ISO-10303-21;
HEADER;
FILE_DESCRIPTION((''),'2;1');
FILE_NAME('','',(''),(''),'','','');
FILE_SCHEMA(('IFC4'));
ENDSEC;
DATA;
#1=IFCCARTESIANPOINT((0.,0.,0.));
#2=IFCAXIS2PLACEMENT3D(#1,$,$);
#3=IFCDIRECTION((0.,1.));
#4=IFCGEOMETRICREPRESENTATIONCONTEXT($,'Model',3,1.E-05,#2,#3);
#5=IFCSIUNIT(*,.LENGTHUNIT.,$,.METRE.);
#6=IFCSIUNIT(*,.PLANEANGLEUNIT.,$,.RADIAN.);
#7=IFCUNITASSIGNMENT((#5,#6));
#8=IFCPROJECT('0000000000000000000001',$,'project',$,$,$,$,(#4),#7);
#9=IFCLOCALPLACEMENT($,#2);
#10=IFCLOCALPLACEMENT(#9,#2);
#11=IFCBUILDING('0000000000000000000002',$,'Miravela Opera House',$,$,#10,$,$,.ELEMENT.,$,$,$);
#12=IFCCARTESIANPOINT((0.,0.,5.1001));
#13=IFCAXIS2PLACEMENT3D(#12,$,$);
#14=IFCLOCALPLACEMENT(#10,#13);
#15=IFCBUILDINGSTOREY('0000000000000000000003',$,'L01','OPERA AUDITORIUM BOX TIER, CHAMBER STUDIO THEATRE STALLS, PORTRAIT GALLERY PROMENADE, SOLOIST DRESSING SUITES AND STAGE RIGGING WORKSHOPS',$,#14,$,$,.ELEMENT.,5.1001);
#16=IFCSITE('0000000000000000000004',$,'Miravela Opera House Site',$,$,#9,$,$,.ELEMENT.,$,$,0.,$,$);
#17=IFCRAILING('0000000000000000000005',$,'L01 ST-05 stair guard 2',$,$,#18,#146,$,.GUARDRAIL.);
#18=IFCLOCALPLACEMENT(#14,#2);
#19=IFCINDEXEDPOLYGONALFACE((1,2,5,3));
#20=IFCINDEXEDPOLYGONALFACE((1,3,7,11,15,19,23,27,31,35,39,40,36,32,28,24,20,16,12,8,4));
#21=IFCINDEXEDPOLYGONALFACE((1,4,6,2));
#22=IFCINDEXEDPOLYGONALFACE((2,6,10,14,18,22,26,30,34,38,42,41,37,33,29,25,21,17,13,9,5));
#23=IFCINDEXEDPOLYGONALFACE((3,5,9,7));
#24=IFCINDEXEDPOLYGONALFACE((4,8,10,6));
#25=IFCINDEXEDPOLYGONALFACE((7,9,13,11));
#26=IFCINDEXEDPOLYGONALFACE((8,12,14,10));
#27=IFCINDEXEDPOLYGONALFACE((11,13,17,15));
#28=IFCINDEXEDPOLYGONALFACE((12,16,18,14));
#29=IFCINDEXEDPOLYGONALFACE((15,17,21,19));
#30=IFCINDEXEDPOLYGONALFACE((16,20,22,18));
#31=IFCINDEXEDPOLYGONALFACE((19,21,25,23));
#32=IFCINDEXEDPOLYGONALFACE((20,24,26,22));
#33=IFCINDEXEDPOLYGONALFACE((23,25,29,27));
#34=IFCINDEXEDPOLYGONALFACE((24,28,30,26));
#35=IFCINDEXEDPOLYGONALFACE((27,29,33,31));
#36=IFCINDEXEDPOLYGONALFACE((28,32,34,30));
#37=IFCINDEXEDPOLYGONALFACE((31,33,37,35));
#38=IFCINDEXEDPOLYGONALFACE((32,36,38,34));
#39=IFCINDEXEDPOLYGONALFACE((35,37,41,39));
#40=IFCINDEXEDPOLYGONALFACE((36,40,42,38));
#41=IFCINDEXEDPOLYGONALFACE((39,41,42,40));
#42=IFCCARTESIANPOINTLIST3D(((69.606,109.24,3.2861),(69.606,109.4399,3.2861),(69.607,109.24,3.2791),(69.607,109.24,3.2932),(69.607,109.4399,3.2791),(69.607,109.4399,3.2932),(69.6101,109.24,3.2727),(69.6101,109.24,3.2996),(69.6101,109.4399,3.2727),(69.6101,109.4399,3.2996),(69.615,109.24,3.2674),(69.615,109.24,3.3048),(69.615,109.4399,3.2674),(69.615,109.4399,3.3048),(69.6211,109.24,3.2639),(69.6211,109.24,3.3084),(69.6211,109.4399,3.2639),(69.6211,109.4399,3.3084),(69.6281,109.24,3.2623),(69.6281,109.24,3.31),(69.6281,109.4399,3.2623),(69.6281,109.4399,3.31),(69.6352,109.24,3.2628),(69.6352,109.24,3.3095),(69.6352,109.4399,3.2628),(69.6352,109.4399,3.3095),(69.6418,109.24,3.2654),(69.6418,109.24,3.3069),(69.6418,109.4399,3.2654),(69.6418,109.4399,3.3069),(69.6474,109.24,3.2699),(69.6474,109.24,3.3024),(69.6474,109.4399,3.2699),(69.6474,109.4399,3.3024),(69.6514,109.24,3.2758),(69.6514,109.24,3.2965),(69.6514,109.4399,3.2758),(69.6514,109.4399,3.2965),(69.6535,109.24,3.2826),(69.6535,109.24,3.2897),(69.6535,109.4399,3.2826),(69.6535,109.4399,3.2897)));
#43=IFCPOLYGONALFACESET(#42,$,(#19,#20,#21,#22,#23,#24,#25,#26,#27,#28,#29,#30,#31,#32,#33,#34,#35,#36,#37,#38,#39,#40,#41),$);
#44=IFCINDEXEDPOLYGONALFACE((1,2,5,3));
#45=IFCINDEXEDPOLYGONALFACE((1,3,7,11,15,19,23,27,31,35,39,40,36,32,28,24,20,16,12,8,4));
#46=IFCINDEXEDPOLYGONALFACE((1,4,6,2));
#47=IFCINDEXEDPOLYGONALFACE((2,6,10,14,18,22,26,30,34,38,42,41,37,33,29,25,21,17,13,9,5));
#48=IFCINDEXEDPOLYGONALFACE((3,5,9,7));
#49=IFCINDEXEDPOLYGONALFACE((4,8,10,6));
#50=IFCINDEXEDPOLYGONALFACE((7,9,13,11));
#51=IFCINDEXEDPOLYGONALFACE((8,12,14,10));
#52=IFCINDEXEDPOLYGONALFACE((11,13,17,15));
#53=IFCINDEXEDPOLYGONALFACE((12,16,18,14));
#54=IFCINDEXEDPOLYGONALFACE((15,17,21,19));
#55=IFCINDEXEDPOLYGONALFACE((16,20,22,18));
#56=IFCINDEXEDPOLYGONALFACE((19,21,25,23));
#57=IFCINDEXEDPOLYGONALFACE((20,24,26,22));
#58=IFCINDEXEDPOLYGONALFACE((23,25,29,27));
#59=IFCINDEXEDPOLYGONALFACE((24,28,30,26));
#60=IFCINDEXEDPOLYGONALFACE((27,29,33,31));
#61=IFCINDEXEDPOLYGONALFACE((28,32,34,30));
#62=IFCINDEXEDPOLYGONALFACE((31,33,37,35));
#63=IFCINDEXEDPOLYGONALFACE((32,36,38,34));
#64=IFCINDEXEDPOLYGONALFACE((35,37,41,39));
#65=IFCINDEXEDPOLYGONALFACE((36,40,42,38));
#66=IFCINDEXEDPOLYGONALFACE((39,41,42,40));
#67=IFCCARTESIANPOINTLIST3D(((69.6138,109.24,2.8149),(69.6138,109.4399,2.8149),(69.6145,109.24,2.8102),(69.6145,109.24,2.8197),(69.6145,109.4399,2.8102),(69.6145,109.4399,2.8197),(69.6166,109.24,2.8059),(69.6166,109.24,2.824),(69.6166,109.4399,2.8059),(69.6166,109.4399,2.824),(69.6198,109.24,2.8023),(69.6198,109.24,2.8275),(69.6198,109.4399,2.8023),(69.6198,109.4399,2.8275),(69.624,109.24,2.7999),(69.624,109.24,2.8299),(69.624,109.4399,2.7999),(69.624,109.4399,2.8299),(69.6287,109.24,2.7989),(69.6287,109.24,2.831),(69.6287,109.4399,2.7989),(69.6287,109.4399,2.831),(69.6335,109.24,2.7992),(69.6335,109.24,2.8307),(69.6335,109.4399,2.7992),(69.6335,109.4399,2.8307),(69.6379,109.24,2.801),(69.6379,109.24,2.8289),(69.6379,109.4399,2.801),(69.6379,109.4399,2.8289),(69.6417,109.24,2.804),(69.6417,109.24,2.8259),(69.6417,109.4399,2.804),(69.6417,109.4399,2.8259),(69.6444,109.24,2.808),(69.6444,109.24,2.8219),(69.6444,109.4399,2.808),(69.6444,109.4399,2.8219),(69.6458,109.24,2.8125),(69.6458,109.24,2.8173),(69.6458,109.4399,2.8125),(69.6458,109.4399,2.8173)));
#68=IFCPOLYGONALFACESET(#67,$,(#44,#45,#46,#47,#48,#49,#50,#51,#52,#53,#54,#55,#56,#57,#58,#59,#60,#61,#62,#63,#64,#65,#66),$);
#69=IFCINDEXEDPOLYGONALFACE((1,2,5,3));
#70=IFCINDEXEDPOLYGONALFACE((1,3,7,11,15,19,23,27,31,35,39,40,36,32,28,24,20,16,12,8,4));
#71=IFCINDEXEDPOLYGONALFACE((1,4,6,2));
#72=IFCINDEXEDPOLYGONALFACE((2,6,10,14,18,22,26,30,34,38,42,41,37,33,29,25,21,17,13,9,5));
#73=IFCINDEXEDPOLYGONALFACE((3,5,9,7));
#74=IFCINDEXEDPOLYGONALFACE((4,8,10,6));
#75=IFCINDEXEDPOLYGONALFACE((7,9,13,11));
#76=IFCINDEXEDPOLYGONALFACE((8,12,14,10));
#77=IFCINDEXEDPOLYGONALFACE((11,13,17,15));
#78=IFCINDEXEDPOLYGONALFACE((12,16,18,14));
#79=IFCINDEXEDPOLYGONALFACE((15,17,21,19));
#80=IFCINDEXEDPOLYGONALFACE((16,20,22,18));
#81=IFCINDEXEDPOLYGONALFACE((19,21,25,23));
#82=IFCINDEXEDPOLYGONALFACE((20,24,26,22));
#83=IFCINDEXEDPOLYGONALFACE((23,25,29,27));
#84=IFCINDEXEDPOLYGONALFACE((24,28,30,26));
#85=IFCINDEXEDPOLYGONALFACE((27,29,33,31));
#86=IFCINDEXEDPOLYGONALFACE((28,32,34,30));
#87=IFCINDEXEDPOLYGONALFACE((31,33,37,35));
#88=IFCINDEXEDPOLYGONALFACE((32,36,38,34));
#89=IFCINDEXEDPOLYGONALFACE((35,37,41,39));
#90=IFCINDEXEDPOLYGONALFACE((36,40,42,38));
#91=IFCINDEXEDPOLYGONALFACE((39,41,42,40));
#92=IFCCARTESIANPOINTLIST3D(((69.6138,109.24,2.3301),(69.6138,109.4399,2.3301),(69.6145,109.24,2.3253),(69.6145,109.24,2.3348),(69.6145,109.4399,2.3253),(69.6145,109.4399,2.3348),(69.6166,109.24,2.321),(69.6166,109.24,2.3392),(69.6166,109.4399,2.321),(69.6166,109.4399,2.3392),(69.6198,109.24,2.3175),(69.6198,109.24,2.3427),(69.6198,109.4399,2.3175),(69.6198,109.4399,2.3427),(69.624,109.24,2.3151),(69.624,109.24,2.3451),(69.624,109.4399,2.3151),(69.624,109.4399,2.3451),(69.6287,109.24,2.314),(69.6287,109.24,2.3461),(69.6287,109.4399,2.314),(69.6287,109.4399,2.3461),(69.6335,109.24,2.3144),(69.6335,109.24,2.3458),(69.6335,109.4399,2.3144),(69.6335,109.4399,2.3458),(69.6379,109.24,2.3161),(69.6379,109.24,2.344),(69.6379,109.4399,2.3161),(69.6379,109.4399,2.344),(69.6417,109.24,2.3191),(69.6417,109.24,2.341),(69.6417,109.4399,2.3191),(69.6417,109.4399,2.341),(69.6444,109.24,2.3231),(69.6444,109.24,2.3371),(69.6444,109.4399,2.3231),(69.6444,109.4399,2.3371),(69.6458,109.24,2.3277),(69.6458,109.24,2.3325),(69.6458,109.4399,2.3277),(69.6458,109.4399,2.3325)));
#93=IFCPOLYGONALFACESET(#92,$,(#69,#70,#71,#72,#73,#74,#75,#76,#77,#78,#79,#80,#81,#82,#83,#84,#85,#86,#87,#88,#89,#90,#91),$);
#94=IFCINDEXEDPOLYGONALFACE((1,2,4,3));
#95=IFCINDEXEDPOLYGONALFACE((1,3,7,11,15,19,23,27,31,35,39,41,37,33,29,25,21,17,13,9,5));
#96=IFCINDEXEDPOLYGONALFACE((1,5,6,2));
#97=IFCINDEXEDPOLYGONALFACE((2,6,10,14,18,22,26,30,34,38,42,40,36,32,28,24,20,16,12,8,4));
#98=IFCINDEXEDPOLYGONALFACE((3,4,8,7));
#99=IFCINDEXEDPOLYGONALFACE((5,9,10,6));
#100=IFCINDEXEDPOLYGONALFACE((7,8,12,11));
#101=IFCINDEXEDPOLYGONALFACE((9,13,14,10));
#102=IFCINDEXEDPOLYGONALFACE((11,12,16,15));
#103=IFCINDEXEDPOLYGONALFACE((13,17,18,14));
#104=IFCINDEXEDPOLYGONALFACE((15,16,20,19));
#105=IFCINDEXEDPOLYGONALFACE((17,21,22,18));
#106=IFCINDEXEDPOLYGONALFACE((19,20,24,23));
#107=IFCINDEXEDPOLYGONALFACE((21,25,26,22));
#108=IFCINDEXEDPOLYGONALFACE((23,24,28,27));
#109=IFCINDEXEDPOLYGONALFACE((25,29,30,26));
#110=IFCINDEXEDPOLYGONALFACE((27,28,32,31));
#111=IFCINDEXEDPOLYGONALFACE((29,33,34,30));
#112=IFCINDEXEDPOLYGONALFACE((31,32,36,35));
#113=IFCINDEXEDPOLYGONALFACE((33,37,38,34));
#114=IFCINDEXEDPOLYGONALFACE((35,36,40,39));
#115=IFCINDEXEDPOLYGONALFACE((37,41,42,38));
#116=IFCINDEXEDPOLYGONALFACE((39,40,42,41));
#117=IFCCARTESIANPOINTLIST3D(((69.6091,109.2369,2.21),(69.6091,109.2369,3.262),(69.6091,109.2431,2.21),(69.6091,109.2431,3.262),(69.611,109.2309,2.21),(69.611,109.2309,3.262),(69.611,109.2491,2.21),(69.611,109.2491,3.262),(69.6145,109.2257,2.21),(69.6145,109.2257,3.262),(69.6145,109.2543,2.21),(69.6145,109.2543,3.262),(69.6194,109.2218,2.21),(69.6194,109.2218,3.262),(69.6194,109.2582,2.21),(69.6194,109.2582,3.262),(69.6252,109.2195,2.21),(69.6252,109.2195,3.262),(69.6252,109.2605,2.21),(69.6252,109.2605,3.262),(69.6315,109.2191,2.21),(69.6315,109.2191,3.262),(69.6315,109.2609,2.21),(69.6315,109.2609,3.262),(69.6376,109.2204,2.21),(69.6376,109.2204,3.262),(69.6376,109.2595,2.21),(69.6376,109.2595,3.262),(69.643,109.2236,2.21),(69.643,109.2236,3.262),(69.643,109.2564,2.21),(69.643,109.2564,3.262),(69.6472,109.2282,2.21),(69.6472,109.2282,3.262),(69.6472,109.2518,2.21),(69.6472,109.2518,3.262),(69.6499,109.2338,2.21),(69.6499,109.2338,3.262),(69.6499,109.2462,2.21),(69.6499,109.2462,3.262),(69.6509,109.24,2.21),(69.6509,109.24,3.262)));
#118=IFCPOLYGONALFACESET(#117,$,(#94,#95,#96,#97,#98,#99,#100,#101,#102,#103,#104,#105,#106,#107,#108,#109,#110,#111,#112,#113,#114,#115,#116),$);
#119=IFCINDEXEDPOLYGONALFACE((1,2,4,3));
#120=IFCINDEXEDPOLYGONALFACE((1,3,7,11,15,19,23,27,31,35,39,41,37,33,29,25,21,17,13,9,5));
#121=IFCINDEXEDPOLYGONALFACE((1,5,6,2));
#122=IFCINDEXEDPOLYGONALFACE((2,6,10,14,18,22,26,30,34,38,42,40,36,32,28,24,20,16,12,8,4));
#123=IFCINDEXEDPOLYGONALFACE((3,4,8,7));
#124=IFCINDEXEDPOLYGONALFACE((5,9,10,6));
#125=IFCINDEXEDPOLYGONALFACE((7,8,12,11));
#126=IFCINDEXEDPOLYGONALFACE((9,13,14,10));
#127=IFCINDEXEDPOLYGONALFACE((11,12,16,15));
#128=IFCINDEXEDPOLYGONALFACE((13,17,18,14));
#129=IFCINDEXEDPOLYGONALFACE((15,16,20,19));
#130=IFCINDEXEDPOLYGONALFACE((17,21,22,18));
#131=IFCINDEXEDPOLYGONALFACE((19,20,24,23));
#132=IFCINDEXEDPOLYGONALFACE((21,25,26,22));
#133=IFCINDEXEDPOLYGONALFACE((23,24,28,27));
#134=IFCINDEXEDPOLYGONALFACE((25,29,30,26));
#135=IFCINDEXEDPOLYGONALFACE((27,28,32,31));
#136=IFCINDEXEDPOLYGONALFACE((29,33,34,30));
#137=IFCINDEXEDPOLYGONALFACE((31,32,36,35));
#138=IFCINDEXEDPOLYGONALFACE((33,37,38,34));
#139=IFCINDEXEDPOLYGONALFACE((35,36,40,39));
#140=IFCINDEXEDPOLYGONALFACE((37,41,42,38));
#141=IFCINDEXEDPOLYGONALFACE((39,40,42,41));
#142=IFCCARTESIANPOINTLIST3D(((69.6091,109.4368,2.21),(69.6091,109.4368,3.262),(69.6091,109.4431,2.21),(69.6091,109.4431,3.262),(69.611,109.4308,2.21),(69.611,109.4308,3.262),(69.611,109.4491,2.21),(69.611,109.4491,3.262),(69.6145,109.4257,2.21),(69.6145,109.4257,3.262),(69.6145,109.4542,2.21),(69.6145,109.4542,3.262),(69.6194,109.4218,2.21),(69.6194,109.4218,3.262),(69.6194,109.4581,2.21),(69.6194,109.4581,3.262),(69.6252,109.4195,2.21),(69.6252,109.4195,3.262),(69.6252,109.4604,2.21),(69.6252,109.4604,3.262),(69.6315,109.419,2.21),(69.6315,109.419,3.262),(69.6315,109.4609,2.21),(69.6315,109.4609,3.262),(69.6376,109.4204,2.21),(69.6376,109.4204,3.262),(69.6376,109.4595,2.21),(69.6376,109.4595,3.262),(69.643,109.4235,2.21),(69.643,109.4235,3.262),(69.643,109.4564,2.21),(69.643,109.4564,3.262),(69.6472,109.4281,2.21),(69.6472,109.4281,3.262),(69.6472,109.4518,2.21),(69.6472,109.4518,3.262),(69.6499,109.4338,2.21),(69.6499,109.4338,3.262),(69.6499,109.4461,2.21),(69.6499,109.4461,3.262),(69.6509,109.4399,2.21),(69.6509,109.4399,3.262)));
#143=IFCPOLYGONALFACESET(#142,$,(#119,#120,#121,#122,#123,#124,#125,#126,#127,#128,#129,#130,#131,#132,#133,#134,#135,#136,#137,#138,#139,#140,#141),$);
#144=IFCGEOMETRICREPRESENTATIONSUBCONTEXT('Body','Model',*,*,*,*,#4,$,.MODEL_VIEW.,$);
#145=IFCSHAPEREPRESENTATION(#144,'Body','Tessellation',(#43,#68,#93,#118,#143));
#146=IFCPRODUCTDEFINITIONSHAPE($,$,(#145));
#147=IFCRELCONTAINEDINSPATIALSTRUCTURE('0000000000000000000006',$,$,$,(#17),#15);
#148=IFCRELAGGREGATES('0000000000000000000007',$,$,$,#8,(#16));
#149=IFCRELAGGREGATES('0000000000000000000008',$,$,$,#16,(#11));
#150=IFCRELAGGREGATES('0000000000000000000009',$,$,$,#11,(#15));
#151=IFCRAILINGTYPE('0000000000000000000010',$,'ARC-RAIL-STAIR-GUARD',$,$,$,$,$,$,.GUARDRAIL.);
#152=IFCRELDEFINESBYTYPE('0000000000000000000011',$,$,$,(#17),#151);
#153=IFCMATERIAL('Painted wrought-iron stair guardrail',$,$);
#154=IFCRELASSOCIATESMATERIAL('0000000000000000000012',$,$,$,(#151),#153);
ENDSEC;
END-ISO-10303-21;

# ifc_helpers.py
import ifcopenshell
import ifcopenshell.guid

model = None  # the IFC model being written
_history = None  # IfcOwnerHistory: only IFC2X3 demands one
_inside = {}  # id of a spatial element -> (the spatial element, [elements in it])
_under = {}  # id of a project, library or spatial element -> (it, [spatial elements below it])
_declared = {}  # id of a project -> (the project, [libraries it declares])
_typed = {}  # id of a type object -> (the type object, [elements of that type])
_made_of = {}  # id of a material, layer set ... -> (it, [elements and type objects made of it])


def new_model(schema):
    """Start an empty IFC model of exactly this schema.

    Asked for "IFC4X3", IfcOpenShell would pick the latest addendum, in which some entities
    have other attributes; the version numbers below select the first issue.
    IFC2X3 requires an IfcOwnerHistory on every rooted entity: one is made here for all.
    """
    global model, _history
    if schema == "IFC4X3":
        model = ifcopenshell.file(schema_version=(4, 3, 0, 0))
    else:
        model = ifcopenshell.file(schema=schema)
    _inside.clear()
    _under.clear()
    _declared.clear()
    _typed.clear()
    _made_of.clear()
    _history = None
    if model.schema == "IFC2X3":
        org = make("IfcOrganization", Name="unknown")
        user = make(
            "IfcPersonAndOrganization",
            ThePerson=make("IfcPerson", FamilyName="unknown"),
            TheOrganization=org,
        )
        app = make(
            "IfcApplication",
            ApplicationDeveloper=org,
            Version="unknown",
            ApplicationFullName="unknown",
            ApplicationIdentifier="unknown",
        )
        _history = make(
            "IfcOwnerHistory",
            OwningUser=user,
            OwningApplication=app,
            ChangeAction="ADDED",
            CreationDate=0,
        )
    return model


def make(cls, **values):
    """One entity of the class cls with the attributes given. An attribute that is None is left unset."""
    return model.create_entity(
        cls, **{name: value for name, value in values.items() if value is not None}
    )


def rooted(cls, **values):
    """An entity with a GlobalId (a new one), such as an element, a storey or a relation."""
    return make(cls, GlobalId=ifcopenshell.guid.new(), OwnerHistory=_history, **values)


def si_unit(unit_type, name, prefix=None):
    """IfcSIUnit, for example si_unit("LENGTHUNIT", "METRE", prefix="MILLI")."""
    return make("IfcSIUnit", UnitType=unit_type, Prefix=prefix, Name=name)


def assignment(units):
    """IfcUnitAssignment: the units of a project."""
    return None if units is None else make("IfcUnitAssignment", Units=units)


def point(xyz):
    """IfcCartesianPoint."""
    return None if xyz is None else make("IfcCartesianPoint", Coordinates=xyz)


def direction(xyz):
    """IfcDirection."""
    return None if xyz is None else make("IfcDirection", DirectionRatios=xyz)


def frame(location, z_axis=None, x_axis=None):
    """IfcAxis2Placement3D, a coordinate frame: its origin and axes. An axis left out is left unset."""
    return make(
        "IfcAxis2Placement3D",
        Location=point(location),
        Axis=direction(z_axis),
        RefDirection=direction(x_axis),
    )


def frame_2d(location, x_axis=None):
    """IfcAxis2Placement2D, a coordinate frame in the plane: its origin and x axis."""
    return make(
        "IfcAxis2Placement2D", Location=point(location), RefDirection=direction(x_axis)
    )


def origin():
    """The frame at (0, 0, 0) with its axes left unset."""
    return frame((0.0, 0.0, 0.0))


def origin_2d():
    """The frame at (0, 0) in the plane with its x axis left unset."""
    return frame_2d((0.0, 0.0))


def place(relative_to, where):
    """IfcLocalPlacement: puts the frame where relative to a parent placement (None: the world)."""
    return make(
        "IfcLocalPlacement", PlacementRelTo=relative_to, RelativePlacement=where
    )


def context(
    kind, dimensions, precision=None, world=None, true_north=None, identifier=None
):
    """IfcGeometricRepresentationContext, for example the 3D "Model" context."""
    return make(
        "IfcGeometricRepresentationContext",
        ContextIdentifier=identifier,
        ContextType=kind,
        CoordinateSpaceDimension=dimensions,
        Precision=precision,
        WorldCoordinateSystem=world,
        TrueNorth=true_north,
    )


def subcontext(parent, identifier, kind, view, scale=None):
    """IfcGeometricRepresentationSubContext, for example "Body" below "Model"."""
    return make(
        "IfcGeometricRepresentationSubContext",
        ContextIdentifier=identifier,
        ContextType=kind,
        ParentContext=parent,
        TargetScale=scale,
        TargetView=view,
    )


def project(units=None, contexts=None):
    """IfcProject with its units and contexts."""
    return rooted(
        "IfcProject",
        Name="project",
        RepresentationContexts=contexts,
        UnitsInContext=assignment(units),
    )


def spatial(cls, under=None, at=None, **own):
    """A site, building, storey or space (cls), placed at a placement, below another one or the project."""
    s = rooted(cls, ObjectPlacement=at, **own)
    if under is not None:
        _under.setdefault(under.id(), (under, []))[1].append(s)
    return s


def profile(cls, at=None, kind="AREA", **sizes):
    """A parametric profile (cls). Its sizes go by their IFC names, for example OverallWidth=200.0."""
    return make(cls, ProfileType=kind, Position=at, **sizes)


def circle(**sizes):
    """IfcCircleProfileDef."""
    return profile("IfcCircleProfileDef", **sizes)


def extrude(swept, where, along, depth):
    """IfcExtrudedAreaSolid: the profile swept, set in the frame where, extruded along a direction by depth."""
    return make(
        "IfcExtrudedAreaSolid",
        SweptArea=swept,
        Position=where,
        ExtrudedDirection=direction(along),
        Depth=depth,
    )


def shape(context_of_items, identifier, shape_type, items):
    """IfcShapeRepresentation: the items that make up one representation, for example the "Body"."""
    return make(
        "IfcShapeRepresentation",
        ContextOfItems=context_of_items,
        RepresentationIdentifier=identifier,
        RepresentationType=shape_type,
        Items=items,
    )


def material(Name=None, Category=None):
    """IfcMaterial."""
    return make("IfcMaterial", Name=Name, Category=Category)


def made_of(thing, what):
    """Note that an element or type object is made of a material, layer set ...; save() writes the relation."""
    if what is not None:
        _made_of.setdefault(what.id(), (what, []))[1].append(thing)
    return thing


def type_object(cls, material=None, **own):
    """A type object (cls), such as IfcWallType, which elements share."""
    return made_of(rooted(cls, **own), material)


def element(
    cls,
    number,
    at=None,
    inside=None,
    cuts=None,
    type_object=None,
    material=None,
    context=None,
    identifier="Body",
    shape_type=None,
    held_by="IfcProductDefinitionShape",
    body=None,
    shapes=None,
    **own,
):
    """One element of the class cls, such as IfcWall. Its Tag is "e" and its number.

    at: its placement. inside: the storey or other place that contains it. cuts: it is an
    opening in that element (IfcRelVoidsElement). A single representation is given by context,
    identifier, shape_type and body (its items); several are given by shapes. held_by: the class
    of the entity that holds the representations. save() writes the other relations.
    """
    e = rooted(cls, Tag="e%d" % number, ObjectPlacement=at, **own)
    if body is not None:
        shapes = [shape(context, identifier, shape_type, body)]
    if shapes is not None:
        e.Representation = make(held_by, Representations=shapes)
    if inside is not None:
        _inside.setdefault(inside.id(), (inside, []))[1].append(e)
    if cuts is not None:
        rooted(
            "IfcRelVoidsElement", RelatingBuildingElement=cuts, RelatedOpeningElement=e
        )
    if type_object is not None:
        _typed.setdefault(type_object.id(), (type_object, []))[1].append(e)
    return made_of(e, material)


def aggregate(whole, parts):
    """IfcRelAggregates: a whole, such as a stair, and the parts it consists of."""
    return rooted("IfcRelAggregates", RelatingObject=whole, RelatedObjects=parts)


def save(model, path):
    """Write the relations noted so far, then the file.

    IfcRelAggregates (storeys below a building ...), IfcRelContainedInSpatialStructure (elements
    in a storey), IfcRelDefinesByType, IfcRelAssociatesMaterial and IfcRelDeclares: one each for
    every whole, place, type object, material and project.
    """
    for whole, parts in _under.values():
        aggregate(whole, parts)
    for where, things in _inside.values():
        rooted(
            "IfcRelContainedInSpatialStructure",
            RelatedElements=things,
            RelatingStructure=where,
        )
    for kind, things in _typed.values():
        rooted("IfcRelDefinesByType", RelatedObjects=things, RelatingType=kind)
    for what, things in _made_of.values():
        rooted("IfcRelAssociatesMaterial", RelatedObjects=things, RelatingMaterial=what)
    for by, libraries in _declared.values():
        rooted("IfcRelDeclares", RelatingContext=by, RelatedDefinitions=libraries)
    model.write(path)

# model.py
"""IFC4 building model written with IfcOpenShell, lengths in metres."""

from ifc_helpers import new_model, si_unit, direction, frame, origin, origin_2d, place, context, subcontext, project, spatial, circle, extrude, material, type_object, element, save


model = new_model("IFC4")

# Units and contexts
model_context = context("Model", 3, precision=1e-05, world=origin(), true_north=direction((0.0, 1.0)))
body_context = subcontext(model_context, "Body", "Model", "MODEL_VIEW")
ifc_project = project(units=[si_unit("LENGTHUNIT", "METRE"), si_unit("PLANEANGLEUNIT", "RADIAN")], contexts=[model_context])

# Site, building, storey
site_placement = place(None, origin())
site = spatial("IfcSite", under=ifc_project, at=site_placement, Name="Miravela Opera House Site", CompositionType="ELEMENT", RefElevation=0.0)
building_placement = place(site_placement, origin())
building = spatial("IfcBuilding", under=site, at=building_placement, Name="Miravela Opera House", CompositionType="ELEMENT")
storey_placement = place(building_placement, frame((0.0, 0.0, 5.1001)))
storey = spatial("IfcBuildingStorey", under=building, at=storey_placement, Name="L01", Description="OPERA AUDITORIUM BOX TIER, CHAMBER STUDIO THEATRE STALLS, PORTRAIT GALLERY PROMENADE, SOLOIST DRESSING SUITES AND STAGE RIGGING WORKSHOPS", CompositionType="ELEMENT", Elevation=5.1001)

# Railing
ifc_material_1 = material(Name="Painted wrought-iron stair guardrail")
railing_type_1 = type_object("IfcRailingType", Name="ARC-RAIL-STAIR-GUARD", PredefinedType="GUARDRAIL", material=ifc_material_1)
railing_1_placement = place(storey_placement, frame((69.6299, 109.24, 2.21)))
element("IfcRailing", 1, at=railing_1_placement, inside=storey, type_object=railing_type_1, Name="L01 ST-05 stair guard 2", PredefinedType="GUARDRAIL", context=body_context, shape_type="SweptSolid", body=[
    extrude(circle(Radius=0.0239, at=origin_2d()), frame((0.0, 0.0, 1.0762), z_axis=(0.0, 1.0, 0.0), x_axis=(-1.0, 0.0, 0.0)), (0.0, 0.0, 1.0), 0.2),
    extrude(circle(Radius=0.0161, at=origin_2d()), frame((0.0, 0.0, 0.605), z_axis=(0.0, 1.0, 0.0), x_axis=(-1.0, 0.0, 0.0)), (0.0, 0.0, 1.0), 0.2),
    extrude(circle(Radius=0.0161, at=origin_2d()), frame((0.0, 0.0, 0.1201), z_axis=(0.0, 1.0, 0.0), x_axis=(-1.0, 0.0, 0.0)), (0.0, 0.0, 1.0), 0.2),
    extrude(circle(Radius=0.021, at=origin_2d()), origin(), (0.0, 0.0, 1.0), 1.052),
    extrude(circle(Radius=0.021, at=origin_2d()), frame((0.0, 0.2, 0.0)), (0.0, 0.0, 1.0), 1.052),
])

save(model, "model.ifc")
